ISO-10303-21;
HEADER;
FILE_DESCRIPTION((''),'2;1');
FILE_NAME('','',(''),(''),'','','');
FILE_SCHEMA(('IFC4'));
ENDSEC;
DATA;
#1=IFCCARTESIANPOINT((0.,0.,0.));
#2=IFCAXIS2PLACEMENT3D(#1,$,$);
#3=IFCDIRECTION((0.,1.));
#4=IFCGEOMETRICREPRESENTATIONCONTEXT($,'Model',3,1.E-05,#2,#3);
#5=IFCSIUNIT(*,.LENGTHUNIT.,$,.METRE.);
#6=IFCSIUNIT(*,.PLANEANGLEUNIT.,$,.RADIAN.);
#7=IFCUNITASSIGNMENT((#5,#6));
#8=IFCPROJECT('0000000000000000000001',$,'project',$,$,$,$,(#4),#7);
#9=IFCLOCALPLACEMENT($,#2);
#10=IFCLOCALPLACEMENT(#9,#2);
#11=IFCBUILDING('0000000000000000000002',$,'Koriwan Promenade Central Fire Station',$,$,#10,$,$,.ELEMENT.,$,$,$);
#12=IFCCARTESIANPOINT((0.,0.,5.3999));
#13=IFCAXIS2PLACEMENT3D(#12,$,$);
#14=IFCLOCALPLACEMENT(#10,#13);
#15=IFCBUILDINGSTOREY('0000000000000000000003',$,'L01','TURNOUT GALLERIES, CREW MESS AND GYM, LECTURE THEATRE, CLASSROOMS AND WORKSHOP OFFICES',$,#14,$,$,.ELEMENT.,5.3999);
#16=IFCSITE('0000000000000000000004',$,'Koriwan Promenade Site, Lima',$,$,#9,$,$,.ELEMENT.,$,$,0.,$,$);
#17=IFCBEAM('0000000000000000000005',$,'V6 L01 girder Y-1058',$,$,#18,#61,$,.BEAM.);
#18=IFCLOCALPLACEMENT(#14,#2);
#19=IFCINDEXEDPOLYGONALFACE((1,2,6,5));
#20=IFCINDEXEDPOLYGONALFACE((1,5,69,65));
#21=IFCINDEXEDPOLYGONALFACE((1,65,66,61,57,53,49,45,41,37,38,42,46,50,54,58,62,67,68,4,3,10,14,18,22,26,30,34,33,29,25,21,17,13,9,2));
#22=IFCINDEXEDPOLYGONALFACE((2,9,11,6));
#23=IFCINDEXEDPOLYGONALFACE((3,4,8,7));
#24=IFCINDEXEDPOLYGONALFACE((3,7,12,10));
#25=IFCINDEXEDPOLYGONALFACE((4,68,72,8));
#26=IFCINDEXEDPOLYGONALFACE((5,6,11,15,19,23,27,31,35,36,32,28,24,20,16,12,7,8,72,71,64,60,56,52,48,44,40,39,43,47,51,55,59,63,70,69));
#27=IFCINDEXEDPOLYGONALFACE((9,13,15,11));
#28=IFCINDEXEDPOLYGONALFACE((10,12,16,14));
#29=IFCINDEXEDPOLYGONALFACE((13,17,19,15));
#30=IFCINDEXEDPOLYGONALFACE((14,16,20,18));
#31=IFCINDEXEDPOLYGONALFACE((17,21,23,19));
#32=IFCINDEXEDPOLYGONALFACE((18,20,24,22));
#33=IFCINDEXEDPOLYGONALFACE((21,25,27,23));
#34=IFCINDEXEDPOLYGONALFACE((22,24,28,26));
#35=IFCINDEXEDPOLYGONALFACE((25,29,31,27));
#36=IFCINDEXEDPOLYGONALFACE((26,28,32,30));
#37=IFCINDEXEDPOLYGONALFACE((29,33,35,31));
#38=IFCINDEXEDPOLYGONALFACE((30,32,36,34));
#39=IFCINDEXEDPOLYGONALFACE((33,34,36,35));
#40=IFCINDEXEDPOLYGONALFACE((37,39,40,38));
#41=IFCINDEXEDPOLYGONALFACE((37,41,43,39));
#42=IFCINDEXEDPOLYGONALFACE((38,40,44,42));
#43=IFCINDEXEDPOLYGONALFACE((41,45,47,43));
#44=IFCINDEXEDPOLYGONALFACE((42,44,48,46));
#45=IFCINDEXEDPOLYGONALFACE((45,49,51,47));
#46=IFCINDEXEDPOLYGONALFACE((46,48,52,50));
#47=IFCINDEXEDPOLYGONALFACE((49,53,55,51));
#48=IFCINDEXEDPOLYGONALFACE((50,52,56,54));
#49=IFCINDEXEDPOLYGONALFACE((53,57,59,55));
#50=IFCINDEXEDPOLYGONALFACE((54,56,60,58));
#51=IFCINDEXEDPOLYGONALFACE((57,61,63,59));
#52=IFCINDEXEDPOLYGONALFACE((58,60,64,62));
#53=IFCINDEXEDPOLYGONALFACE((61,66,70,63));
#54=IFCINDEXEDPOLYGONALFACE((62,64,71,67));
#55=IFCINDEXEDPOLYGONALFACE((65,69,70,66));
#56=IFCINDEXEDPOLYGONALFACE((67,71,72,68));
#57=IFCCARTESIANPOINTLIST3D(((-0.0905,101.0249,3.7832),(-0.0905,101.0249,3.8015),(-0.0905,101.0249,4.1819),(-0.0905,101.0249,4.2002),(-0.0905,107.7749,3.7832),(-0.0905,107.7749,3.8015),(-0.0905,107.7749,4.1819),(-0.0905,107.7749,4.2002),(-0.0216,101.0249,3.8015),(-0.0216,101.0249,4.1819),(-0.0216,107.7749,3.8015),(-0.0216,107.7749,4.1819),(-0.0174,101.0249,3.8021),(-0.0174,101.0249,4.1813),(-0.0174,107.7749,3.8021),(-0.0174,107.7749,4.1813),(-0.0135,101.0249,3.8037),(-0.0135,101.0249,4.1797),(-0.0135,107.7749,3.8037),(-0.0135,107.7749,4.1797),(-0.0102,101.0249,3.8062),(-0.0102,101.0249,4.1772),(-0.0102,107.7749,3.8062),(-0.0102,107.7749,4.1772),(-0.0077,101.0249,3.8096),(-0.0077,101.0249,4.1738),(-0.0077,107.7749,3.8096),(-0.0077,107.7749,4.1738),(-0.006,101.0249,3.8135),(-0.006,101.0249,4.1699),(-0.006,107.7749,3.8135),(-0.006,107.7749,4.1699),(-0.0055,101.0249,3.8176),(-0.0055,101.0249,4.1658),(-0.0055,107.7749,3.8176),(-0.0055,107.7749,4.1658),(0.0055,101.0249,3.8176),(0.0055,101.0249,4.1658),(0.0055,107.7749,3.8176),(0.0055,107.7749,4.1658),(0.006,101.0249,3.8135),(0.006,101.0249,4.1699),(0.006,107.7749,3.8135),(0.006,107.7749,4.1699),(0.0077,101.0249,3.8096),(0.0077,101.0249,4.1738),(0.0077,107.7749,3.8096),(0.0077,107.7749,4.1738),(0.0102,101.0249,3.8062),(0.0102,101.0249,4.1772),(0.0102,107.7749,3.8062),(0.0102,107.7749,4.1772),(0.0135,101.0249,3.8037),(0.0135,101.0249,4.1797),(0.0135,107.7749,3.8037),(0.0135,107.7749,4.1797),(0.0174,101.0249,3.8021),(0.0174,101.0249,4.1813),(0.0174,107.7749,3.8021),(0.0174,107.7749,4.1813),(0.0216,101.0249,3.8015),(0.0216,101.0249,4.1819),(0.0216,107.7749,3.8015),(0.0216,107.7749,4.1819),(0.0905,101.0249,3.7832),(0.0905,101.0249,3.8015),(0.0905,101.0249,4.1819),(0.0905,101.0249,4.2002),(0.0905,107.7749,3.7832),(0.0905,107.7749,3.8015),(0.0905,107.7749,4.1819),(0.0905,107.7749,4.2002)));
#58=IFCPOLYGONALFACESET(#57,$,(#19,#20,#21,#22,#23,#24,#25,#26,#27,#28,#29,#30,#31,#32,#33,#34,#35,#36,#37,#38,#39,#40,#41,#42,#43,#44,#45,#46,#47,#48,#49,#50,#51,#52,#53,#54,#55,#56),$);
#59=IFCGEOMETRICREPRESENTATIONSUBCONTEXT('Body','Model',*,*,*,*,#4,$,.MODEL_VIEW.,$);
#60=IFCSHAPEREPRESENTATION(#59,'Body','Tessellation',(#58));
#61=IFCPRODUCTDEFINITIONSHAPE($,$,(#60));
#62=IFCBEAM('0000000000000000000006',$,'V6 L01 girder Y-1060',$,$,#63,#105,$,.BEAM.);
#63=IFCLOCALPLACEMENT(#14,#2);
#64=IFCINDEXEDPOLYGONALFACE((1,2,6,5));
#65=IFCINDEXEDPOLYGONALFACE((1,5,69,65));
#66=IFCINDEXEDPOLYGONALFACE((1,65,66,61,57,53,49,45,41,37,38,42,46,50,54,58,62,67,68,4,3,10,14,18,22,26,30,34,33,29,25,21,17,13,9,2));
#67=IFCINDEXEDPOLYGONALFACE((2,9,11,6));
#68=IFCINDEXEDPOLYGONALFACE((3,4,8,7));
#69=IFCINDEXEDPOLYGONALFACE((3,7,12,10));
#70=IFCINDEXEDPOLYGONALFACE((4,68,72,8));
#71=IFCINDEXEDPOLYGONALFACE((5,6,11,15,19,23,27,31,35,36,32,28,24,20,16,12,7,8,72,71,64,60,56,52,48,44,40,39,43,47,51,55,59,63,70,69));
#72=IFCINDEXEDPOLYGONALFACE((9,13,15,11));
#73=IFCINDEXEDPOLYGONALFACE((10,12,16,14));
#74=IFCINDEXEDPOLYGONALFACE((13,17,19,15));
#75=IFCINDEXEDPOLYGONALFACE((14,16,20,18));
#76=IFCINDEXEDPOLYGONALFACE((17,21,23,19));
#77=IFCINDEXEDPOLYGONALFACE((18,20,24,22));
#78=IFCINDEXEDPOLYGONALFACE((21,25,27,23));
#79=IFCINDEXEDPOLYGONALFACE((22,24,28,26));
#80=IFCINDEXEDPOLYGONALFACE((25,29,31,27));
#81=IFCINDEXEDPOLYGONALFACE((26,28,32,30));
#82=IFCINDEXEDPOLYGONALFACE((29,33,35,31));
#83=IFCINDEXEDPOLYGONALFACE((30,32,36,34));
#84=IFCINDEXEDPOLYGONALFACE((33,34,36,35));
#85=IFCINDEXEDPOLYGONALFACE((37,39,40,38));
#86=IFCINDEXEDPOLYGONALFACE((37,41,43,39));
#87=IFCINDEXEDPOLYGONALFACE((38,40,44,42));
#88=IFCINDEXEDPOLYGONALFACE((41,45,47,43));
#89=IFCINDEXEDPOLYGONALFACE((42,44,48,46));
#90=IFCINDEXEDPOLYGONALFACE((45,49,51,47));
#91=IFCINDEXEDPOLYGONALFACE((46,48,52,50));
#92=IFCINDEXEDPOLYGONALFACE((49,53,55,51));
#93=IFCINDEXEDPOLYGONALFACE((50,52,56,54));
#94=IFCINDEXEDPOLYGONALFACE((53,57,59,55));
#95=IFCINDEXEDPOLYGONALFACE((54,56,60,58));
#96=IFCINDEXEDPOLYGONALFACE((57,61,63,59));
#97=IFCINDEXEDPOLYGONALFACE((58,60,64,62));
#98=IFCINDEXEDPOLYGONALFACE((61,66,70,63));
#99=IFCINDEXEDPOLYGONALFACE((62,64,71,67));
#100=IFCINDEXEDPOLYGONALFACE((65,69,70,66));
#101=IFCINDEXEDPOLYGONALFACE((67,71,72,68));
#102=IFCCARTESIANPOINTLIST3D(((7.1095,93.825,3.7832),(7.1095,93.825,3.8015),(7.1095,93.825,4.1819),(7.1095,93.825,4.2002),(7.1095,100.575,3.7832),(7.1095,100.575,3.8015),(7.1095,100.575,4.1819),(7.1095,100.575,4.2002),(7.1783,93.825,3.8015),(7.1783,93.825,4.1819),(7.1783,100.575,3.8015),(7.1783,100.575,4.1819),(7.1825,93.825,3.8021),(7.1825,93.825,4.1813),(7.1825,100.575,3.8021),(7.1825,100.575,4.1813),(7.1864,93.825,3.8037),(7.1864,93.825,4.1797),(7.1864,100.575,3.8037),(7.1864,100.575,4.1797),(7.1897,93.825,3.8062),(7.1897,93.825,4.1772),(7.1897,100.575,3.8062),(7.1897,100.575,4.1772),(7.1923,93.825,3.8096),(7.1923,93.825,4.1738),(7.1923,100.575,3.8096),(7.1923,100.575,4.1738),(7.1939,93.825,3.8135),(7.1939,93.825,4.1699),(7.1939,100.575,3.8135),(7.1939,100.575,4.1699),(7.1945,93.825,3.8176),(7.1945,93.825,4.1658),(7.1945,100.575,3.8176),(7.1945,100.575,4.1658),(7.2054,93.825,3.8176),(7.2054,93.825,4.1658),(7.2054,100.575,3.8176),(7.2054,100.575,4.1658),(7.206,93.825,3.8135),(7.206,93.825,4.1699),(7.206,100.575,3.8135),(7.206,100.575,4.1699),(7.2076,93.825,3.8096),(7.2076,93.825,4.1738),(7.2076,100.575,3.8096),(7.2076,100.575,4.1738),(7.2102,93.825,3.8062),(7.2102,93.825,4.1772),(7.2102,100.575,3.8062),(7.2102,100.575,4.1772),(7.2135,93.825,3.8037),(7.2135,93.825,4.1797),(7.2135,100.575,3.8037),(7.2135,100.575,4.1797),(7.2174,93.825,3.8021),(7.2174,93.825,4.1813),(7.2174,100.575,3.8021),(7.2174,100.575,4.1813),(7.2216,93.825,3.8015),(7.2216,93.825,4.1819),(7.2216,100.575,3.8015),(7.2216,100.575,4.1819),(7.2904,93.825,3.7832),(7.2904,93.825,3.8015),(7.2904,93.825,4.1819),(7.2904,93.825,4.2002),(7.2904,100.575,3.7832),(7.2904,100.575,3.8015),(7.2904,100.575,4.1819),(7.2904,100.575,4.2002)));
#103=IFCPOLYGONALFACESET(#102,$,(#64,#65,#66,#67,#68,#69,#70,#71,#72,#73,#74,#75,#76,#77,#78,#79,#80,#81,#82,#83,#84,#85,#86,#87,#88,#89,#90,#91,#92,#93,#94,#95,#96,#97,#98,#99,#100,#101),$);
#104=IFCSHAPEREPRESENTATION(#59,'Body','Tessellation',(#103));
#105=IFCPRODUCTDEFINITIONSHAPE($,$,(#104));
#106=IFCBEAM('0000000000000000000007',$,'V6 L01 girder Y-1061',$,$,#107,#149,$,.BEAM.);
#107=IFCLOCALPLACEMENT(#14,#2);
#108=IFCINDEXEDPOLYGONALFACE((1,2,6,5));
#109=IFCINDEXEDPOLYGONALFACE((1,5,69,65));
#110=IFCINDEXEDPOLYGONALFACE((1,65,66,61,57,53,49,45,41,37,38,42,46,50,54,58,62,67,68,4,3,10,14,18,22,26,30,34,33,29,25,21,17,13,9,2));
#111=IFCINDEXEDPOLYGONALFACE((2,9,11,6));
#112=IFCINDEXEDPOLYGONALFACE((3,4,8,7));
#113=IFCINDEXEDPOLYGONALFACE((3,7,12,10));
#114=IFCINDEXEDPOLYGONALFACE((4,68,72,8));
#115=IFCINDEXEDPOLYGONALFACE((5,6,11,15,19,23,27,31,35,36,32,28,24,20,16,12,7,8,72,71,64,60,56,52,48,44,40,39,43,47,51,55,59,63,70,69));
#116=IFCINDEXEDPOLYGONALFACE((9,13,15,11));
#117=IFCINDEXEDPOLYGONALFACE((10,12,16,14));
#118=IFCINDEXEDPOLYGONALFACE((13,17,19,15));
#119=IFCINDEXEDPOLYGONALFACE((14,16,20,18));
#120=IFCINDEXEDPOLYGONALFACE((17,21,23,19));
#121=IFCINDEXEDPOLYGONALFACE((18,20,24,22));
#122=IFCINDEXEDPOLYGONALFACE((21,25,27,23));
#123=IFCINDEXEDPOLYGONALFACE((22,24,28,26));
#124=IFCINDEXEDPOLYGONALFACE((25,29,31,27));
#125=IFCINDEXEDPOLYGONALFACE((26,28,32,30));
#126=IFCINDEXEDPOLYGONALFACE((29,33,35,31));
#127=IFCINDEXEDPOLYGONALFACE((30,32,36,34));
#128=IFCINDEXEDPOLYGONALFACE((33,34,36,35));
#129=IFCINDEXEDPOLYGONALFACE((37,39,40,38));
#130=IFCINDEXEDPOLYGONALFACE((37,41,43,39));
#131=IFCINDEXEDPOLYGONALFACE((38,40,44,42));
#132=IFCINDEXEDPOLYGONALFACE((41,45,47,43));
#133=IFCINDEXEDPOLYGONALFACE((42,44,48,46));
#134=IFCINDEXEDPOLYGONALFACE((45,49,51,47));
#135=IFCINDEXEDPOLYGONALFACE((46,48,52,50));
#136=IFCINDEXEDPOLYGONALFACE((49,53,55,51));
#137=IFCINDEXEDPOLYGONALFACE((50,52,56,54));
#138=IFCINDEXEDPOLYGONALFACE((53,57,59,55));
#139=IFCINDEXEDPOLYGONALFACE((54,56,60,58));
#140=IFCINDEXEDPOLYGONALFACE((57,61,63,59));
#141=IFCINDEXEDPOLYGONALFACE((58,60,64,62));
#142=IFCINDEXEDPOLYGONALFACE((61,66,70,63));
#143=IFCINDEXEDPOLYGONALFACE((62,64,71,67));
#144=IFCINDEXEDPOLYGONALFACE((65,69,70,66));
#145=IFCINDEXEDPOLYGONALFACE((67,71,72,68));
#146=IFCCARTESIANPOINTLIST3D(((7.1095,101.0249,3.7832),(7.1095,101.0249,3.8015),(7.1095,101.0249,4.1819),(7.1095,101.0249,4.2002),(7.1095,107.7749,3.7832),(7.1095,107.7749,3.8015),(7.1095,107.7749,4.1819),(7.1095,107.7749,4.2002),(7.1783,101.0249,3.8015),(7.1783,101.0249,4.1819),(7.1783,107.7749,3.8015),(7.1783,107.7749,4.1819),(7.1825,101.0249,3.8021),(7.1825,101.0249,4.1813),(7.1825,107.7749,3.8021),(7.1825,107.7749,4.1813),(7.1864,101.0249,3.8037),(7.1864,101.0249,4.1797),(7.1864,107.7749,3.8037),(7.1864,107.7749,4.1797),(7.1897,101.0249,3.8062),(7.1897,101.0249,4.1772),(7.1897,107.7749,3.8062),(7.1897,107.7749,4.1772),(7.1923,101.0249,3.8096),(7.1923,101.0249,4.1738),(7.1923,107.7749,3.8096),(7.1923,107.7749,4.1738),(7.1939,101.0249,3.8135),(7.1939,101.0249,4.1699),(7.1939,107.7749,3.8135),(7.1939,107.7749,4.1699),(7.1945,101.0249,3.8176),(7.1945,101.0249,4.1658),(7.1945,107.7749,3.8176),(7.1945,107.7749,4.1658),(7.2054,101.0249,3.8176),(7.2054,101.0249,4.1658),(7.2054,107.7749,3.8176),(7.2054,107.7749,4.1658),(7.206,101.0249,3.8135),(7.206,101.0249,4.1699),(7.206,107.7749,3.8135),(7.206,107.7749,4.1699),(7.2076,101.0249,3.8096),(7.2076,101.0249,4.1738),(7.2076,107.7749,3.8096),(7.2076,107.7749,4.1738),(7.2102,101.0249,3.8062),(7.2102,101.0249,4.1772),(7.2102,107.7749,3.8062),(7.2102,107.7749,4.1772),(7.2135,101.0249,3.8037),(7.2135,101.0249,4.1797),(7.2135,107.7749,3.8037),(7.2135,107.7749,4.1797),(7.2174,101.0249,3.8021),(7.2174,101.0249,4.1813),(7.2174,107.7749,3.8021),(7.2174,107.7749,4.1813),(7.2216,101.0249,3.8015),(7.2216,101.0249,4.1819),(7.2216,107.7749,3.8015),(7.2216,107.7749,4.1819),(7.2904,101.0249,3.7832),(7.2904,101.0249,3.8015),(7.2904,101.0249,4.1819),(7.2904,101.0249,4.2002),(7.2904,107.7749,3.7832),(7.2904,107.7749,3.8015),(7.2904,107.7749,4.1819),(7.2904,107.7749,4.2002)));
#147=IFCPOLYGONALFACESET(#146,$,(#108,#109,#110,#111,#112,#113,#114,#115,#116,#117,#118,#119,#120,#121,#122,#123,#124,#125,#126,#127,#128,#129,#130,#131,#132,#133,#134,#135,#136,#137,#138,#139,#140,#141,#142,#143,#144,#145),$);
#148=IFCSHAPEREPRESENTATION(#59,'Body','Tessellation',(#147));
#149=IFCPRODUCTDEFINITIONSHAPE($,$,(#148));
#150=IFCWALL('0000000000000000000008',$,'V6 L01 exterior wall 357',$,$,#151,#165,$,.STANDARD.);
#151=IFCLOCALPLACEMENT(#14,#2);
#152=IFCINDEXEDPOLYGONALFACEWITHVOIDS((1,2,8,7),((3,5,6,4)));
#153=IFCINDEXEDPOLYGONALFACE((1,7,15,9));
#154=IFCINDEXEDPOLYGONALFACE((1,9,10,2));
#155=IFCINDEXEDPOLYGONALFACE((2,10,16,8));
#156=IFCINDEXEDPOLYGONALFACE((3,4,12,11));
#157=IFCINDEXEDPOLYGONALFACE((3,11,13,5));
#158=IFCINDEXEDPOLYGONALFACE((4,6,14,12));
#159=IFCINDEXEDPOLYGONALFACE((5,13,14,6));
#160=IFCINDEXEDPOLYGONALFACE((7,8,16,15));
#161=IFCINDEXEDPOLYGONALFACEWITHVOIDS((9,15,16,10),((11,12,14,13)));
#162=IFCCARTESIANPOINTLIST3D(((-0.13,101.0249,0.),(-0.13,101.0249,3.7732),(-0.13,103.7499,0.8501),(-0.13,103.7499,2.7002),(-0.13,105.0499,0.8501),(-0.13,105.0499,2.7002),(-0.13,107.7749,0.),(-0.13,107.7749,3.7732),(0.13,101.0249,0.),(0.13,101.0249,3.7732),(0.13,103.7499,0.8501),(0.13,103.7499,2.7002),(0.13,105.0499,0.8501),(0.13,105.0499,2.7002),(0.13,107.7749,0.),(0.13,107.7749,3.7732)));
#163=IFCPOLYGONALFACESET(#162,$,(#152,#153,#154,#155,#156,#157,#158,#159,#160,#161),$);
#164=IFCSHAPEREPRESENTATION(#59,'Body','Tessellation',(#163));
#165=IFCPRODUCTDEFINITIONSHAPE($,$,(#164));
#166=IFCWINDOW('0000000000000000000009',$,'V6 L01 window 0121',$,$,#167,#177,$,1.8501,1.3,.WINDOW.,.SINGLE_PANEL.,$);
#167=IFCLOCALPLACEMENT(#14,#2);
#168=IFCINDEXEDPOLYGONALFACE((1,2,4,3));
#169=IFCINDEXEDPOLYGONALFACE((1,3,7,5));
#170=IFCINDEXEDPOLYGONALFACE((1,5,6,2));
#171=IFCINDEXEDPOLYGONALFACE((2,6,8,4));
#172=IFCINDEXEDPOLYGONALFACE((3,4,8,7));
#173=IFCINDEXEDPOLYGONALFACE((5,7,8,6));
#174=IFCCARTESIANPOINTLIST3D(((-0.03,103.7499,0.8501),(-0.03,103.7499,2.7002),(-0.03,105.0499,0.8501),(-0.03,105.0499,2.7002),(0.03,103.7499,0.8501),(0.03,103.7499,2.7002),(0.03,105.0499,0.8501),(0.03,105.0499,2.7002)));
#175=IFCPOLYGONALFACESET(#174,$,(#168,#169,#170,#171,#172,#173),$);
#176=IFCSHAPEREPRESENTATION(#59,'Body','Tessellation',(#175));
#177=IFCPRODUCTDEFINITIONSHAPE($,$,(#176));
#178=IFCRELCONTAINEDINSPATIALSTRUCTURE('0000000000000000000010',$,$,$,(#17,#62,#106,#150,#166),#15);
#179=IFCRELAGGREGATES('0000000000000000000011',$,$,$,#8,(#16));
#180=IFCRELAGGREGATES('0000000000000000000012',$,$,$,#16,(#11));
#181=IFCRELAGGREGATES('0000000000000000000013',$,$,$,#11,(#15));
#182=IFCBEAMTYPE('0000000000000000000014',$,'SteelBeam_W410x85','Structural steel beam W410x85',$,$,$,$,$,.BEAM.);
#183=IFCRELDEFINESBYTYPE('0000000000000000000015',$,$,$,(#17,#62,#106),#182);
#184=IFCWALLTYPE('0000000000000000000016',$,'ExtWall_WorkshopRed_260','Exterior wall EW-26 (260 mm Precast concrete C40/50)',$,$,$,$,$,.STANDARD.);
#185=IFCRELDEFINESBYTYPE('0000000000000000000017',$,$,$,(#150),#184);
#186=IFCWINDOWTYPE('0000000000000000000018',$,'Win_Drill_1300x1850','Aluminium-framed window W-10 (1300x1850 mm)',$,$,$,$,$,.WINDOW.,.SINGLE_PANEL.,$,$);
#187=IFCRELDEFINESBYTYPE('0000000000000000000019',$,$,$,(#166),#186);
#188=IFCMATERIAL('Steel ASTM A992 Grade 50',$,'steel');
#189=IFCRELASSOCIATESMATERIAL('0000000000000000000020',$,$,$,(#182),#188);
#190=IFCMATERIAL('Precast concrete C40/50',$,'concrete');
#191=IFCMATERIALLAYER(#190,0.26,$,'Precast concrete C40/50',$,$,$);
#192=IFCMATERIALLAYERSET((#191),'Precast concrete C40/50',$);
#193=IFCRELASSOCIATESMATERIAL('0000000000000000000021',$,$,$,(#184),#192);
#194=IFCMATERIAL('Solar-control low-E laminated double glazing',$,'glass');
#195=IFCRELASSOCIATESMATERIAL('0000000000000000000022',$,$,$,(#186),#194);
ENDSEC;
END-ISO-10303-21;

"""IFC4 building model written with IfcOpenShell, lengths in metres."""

from ifc_helpers import new_model, si_unit, direction, frame, frame_2d, origin, origin_2d, place, context, subcontext, project, spatial, rectangle, i_section, extrude, material, layer, layer_set, material_profile, profile_set, type_object, element, fill, save


model = new_model("IFC4")

# Units and contexts
model_context = context("Model", 3, precision=1e-05, world=origin(), true_north=direction((0.0, 1.0)))
body_context = subcontext(model_context, "Body", "Model", "MODEL_VIEW")
ifc_project = project(units=[si_unit("LENGTHUNIT", "METRE"), si_unit("PLANEANGLEUNIT", "RADIAN")], contexts=[model_context])

# Site, building, storey
site_placement = place(None, origin())
site = spatial("IfcSite", under=ifc_project, at=site_placement, Name="Koriwan Promenade Site, Lima", CompositionType="ELEMENT", RefElevation=0.0)
building_placement = place(site_placement, origin())
building = spatial("IfcBuilding", under=site, at=building_placement, Name="Koriwan Promenade Central Fire Station", CompositionType="ELEMENT")
storey_placement = place(building_placement, frame((0.0, 0.0, 5.3999)))
storey = spatial("IfcBuildingStorey", under=building, at=storey_placement, Name="L01", Description="TURNOUT GALLERIES, CREW MESS AND GYM, LECTURE THEATRE, CLASSROOMS AND WORKSHOP OFFICES", CompositionType="ELEMENT", Elevation=5.3999)

# Beams
ifc_material_1 = material(Name="Steel ASTM A992 Grade 50", Category="steel")
ifc_material_profile_1 = material_profile(ifc_material_1, i_section(OverallWidth=0.1809, OverallDepth=0.417, WebThickness=0.011, FlangeThickness=0.0183, FilletRadius=0.0161, at=origin_2d()), Name="W410x85")
ifc_profile_set_1 = profile_set([ifc_material_profile_1], Name="Steel ASTM A992 Grade 50")
beam_type_1 = type_object("IfcBeamType", Name="SteelBeam_W410x85", Description="Structural steel beam W410x85", PredefinedType="BEAM", material=ifc_profile_set_1)
for number, where, z_axis, x_axis, name in (
    (1, (0.0, 101.0249, 3.9917), (0.0, 1.0, 0.0), (-1.0, 0.0, 0.0), "V6 L01 girder Y-1058"),
    (2, (7.2, 93.825, 3.9917), (0.0, 1.0, 0.0), (-1.0, 0.0, 0.0), "V6 L01 girder Y-1060"),
    (3, (7.2, 101.0249, 3.9917), (0.0, 1.0, 0.0), (-1.0, 0.0, 0.0), "V6 L01 girder Y-1061"),
):
    element("IfcBeam", number, at=place(storey_placement, frame(where, z_axis=z_axis, x_axis=x_axis)), inside=storey, type_object=beam_type_1, Name=name, PredefinedType="BEAM", context=body_context, shape_type="SweptSolid", body=[
        extrude(i_section(OverallWidth=0.1809, OverallDepth=0.417, WebThickness=0.011, FlangeThickness=0.0183, FilletRadius=0.0161, at=origin_2d()), origin(), (0.0, 0.0, 1.0), 6.75),
    ])

# Wall, opening, window
ifc_material_2 = material(Name="Precast concrete C40/50", Category="concrete")
ifc_layer_1 = layer(ifc_material_2, 0.26, Name="Precast concrete C40/50")
ifc_layer_set_1 = layer_set([ifc_layer_1], Name="Precast concrete C40/50")
wall_type_1 = type_object("IfcWallType", Name="ExtWall_WorkshopRed_260", Description="Exterior wall EW-26 (260 mm Precast concrete C40/50)", PredefinedType="STANDARD", material=ifc_layer_set_1)
wall_1_placement = place(storey_placement, frame((0.0, 107.7749, 0.0), z_axis=(0.0, 0.0, 1.0), x_axis=(0.0, -1.0, 0.0)))
wall_1 = element("IfcWall", 4, at=wall_1_placement, inside=storey, type_object=wall_type_1, Name="V6 L01 exterior wall 357", PredefinedType="STANDARD", context=body_context, shape_type="SweptSolid", body=[
    extrude(rectangle(XDim=6.75, YDim=0.26, at=frame_2d((3.375, 0.0))), origin(), (0.0, 0.0, 1.0), 3.7732),
])
opening_1_placement = place(wall_1_placement, frame((2.7251, 0.0, 0.8501)))
opening_1 = element("IfcOpeningElement", 5, at=opening_1_placement, cuts=wall_1, PredefinedType="OPENING", context=body_context, shape_type="SweptSolid", body=[
    extrude(rectangle(XDim=1.3, YDim=1.8501, at=frame_2d((0.6499, 0.925))), frame((0.0, 0.1421, 0.0), z_axis=(0.0, -1.0, 0.0), x_axis=(1.0, 0.0, 0.0)), (0.0, 0.0, 1.0), 0.2839),
])
ifc_material_3 = material(Name="Solar-control low-E laminated double glazing", Category="glass")
window_type_1 = type_object("IfcWindowType", Name="Win_Drill_1300x1850", Description="Aluminium-framed window W-10 (1300x1850 mm)", PartitioningType="SINGLE_PANEL", PredefinedType="WINDOW", material=ifc_material_3)
window_1_placement = place(opening_1_placement, origin())
window_1 = element("IfcWindow", 6, at=window_1_placement, inside=storey, type_object=window_type_1, Name="V6 L01 window 0121", OverallHeight=1.8501, OverallWidth=1.3, PartitioningType="SINGLE_PANEL", PredefinedType="WINDOW", context=body_context, shape_type="SweptSolid", body=[
    extrude(rectangle(XDim=1.3, YDim=1.8501, at=frame_2d((0.6499, 0.925))), frame((0.0, 0.03, 0.0), z_axis=(0.0, -1.0, 0.0), x_axis=(1.0, 0.0, 0.0)), (0.0, 0.0, 1.0), 0.0601),
])
fill(opening_1, window_1)

save(model, "model.ifc")
